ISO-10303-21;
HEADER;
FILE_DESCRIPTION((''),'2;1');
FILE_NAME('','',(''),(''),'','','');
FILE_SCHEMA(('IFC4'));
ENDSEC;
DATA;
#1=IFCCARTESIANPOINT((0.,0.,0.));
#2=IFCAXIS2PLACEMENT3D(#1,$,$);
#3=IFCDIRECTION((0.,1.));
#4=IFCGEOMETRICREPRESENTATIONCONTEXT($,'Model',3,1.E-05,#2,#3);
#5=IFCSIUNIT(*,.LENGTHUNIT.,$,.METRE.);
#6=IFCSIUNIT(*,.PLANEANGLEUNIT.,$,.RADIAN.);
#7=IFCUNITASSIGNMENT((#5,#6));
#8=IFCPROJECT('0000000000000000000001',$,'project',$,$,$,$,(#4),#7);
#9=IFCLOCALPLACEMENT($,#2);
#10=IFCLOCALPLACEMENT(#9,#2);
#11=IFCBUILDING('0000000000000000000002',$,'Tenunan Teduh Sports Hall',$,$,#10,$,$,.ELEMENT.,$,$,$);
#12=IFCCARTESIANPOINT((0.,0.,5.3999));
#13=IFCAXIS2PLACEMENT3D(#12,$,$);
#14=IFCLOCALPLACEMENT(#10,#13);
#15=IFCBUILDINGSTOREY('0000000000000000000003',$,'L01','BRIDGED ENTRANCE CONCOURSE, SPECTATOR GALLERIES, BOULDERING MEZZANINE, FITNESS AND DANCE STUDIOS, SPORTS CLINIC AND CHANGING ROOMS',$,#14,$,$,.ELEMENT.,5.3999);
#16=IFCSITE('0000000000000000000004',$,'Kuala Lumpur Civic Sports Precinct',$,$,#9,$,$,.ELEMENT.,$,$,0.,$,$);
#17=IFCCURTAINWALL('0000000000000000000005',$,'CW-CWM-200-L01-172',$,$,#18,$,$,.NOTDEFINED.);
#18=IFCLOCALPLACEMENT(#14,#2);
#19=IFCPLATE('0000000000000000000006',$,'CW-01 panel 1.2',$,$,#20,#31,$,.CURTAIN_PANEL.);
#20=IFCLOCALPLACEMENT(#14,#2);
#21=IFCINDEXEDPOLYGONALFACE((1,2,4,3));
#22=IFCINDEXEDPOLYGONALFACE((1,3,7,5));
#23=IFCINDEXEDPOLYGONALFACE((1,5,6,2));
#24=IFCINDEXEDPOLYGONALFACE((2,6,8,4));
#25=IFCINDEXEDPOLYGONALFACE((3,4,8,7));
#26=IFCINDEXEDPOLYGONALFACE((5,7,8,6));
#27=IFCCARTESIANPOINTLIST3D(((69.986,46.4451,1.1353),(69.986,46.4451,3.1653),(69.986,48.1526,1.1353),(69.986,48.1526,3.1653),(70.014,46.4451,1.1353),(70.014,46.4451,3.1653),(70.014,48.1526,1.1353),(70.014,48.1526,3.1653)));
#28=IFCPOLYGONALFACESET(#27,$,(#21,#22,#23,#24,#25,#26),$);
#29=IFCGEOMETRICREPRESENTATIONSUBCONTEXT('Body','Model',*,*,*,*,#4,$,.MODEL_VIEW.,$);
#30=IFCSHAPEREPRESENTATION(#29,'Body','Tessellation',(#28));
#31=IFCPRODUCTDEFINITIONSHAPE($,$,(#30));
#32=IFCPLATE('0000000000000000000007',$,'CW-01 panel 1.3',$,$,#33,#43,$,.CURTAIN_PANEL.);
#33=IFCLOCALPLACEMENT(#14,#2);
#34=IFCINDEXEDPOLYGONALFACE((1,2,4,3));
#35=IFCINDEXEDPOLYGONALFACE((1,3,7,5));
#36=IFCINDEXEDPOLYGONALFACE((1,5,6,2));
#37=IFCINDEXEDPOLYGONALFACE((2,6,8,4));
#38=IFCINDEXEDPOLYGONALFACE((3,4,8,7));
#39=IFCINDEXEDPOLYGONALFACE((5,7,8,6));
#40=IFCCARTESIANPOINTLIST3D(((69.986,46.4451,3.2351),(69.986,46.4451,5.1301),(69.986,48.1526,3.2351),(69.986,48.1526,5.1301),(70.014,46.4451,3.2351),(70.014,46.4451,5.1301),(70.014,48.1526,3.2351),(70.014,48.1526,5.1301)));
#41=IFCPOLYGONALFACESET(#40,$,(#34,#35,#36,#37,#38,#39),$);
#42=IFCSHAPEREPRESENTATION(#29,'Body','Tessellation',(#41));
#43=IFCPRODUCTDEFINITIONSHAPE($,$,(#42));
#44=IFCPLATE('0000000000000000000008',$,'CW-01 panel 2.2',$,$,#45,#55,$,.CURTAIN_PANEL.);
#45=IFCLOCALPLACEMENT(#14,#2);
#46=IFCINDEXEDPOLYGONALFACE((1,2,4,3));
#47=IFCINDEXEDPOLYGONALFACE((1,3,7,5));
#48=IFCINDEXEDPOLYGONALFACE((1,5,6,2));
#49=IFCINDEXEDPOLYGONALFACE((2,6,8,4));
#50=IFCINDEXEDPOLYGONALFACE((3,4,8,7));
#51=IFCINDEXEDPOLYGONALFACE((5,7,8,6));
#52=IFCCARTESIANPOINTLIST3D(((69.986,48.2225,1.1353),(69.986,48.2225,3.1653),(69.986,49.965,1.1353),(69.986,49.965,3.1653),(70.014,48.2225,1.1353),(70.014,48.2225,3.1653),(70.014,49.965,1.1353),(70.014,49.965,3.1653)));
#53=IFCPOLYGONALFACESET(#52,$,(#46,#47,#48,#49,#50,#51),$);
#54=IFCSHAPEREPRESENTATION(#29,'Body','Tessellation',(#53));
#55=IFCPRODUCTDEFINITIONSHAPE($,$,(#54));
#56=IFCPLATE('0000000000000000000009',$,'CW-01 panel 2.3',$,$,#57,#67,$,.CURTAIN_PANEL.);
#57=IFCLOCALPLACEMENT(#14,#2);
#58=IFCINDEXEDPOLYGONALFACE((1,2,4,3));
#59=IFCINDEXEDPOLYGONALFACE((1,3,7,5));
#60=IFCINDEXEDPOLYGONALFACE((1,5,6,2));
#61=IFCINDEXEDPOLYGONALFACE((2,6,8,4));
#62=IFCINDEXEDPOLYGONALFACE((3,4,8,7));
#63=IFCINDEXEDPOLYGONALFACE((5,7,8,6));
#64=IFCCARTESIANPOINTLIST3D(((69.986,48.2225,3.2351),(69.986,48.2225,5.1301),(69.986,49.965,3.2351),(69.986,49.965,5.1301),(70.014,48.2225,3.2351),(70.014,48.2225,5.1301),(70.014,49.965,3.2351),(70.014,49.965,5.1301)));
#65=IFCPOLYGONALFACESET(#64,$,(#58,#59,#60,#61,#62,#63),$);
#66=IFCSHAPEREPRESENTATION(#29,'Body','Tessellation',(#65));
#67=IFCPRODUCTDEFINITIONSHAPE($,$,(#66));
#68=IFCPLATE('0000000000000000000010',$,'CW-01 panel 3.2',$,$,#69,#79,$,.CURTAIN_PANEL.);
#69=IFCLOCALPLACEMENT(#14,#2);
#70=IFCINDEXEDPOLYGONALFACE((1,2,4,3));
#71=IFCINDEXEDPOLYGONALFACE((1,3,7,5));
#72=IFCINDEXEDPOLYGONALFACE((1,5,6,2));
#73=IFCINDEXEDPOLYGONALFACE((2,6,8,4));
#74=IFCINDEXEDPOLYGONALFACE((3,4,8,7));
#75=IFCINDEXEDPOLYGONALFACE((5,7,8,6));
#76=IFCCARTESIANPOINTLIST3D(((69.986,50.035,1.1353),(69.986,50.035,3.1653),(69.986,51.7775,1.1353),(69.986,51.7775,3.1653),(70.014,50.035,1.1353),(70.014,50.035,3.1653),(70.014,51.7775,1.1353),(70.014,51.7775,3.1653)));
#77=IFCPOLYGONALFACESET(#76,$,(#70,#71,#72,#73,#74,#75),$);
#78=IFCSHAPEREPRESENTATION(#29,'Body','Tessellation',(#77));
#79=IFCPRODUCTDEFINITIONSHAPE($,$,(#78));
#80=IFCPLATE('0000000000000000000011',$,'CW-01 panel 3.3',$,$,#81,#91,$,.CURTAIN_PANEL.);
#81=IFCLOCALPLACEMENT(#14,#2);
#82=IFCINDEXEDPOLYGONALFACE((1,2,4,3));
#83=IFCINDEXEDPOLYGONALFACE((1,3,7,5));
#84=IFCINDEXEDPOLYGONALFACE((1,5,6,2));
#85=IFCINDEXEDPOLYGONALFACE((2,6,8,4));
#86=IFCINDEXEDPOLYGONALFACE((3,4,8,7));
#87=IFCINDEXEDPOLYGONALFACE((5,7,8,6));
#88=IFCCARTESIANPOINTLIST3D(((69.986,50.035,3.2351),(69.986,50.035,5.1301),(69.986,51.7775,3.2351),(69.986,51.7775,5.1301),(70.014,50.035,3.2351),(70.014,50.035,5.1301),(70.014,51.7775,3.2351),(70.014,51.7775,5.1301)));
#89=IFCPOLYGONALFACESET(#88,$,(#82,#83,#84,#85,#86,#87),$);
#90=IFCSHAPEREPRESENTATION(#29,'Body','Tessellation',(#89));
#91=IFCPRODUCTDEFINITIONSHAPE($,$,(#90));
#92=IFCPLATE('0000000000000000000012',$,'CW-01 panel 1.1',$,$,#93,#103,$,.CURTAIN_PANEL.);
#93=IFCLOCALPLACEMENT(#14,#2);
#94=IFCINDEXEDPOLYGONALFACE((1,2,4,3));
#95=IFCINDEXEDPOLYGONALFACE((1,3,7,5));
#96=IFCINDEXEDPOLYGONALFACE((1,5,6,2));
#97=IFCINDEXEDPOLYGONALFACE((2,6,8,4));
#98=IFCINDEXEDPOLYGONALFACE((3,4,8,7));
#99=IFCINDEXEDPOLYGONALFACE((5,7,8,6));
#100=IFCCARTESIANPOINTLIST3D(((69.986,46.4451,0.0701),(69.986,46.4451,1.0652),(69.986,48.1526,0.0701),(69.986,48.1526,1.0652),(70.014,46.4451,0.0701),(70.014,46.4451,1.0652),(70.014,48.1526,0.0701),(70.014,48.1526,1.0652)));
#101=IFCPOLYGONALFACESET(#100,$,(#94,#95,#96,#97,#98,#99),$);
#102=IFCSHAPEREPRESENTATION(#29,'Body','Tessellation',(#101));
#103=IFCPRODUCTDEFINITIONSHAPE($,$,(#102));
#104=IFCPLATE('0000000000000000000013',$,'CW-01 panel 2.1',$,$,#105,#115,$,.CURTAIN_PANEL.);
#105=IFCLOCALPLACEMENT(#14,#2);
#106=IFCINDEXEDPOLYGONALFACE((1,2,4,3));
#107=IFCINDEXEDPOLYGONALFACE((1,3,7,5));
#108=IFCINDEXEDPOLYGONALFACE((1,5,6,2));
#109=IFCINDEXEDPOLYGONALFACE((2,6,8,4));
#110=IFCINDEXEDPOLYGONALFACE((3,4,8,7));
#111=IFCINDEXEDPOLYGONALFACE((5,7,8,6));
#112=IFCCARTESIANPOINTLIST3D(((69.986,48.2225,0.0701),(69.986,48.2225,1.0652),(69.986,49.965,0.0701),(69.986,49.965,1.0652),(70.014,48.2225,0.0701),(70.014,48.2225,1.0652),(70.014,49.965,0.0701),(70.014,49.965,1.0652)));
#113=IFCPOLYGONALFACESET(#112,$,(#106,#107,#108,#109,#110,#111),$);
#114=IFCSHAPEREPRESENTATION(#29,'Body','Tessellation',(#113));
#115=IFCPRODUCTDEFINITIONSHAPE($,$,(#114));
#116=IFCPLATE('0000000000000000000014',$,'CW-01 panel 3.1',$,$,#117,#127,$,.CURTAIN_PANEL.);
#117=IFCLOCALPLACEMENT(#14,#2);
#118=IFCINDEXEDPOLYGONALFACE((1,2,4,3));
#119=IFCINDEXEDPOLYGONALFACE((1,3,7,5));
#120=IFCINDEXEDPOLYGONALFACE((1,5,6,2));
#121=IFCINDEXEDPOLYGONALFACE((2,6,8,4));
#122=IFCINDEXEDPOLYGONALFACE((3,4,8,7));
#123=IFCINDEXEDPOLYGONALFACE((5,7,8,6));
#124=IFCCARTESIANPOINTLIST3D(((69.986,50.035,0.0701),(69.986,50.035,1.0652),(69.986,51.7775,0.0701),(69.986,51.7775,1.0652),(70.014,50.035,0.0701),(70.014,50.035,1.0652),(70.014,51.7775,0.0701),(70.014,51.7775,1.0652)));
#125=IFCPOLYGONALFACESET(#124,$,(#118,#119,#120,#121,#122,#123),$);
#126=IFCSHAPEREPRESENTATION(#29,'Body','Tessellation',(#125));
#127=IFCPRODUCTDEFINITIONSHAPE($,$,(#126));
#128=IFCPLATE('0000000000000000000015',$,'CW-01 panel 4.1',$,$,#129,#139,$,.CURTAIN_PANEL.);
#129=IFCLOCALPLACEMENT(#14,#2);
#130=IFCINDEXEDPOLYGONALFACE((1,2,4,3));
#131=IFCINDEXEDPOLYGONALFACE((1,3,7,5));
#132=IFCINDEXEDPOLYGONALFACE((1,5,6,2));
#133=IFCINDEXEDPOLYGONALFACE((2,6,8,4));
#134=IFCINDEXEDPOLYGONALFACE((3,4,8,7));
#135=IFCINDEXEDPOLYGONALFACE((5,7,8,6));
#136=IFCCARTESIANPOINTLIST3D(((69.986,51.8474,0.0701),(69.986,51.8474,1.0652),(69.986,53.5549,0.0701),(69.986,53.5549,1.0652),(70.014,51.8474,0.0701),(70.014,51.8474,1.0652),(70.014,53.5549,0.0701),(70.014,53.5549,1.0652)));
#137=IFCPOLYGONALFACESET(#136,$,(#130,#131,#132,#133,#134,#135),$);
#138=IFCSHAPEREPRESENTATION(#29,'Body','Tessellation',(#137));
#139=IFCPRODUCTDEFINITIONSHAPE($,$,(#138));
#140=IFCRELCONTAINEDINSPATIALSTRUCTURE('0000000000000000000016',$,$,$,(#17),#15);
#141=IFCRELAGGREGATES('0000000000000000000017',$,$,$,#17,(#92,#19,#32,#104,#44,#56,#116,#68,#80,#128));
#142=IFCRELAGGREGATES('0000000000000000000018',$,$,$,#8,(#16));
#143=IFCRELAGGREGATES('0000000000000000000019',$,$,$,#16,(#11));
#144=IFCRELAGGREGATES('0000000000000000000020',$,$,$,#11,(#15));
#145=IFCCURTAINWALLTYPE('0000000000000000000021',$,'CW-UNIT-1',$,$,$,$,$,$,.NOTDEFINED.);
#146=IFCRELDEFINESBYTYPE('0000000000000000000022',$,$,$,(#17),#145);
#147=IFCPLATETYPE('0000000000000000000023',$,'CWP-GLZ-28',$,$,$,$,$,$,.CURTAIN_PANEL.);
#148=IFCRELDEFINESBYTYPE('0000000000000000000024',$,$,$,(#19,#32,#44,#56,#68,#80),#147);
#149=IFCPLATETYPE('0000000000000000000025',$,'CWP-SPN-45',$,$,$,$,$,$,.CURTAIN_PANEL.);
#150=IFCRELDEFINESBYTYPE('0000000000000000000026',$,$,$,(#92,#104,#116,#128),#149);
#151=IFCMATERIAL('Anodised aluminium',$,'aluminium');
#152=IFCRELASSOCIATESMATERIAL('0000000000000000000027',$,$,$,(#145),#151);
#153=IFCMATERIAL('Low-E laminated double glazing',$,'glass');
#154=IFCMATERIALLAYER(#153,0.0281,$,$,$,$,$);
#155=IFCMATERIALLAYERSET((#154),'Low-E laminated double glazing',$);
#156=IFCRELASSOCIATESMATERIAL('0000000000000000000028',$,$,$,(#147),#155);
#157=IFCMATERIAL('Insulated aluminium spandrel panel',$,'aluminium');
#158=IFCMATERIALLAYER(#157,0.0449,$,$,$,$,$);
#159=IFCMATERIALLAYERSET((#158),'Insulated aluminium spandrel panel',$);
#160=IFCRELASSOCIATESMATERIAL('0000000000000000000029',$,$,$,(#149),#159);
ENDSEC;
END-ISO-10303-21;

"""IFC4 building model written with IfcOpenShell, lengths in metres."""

from ifc_helpers import new_model, si_unit, direction, frame, origin, origin_2d, place, context, subcontext, project, spatial, rectangle, extrude, material, layer, layer_set, type_object, element, aggregate, save


model = new_model("IFC4")

# Units and contexts
model_context = context("Model", 3, precision=1e-05, world=origin(), true_north=direction((0.0, 1.0)))
body_context = subcontext(model_context, "Body", "Model", "MODEL_VIEW")
ifc_project = project(units=[si_unit("LENGTHUNIT", "METRE"), si_unit("PLANEANGLEUNIT", "RADIAN")], contexts=[model_context])

# Site, building, storey
site_placement = place(None, origin())
site = spatial("IfcSite", under=ifc_project, at=site_placement, Name="Kuala Lumpur Civic Sports Precinct", CompositionType="ELEMENT", RefElevation=0.0)
building_placement = place(site_placement, origin())
building = spatial("IfcBuilding", under=site, at=building_placement, Name="Tenunan Teduh Sports Hall", CompositionType="ELEMENT")
storey_placement = place(building_placement, frame((0.0, 0.0, 5.3999)))
storey = spatial("IfcBuildingStorey", under=building, at=storey_placement, Name="L01", Description="BRIDGED ENTRANCE CONCOURSE, SPECTATOR GALLERIES, BOULDERING MEZZANINE, FITNESS AND DANCE STUDIOS, SPORTS CLINIC AND CHANGING ROOMS", CompositionType="ELEMENT", Elevation=5.3999)

# Curtain wall
ifc_material_1 = material(Name="Anodised aluminium", Category="aluminium")
curtain_wall_type_1 = type_object("IfcCurtainWallType", Name="CW-UNIT-1", PredefinedType="NOTDEFINED", material=ifc_material_1)
curtain_wall_1_placement = place(storey_placement, origin())
curtain_wall_1 = element("IfcCurtainWall", 1, at=curtain_wall_1_placement, inside=storey, type_object=curtain_wall_type_1, Name="CW-CWM-200-L01-172", PredefinedType="NOTDEFINED")

# Plates
ifc_material_2 = material(Name="Low-E laminated double glazing", Category="glass")
ifc_layer_1 = layer(ifc_material_2, 0.0281)
ifc_layer_set_1 = layer_set([ifc_layer_1], Name="Low-E laminated double glazing")
plate_type_1 = type_object("IfcPlateType", Name="CWP-GLZ-28", PredefinedType="CURTAIN_PANEL", material=ifc_layer_set_1)
plate_1_placement = place(storey_placement, frame((70.0, 47.2988, 1.1353), z_axis=(0.0, 0.0, 1.0), x_axis=(0.0, 1.0, 0.0)))
plate_1 = element("IfcPlate", 2, at=plate_1_placement, type_object=plate_type_1, Name="CW-01 panel 1.2", PredefinedType="CURTAIN_PANEL", context=body_context, shape_type="SweptSolid", body=[
    extrude(rectangle(XDim=1.7075, YDim=0.0281, at=origin_2d()), origin(), (0.0, 0.0, 1.0), 2.03),
])
plate_2_placement = place(storey_placement, frame((70.0, 47.2988, 3.2351), z_axis=(0.0, 0.0, 1.0), x_axis=(0.0, 1.0, 0.0)))
plate_2 = element("IfcPlate", 3, at=plate_2_placement, type_object=plate_type_1, Name="CW-01 panel 1.3", PredefinedType="CURTAIN_PANEL", context=body_context, shape_type="SweptSolid", body=[
    extrude(rectangle(XDim=1.7075, YDim=0.0281, at=origin_2d()), origin(), (0.0, 0.0, 1.0), 1.895),
])
plate_3_placement = place(storey_placement, frame((70.0, 49.0938, 1.1353), z_axis=(0.0, 0.0, 1.0), x_axis=(0.0, 1.0, 0.0)))
plate_3 = element("IfcPlate", 4, at=plate_3_placement, type_object=plate_type_1, Name="CW-01 panel 2.2", PredefinedType="CURTAIN_PANEL", context=body_context, shape_type="SweptSolid", body=[
    extrude(rectangle(XDim=1.7424, YDim=0.0281, at=origin_2d()), origin(), (0.0, 0.0, 1.0), 2.03),
])
plate_4_placement = place(storey_placement, frame((70.0, 49.0938, 3.2351), z_axis=(0.0, 0.0, 1.0), x_axis=(0.0, 1.0, 0.0)))
plate_4 = element("IfcPlate", 5, at=plate_4_placement, type_object=plate_type_1, Name="CW-01 panel 2.3", PredefinedType="CURTAIN_PANEL", context=body_context, shape_type="SweptSolid", body=[
    extrude(rectangle(XDim=1.7424, YDim=0.0281, at=origin_2d()), origin(), (0.0, 0.0, 1.0), 1.895),
])
plate_5_placement = place(storey_placement, frame((70.0, 50.9062, 1.1353), z_axis=(0.0, 0.0, 1.0), x_axis=(0.0, 1.0, 0.0)))
plate_5 = element("IfcPlate", 6, at=plate_5_placement, type_object=plate_type_1, Name="CW-01 panel 3.2", PredefinedType="CURTAIN_PANEL", context=body_context, shape_type="SweptSolid", body=[
    extrude(rectangle(XDim=1.7424, YDim=0.0281, at=origin_2d()), origin(), (0.0, 0.0, 1.0), 2.03),
])
plate_6_placement = place(storey_placement, frame((70.0, 50.9062, 3.2351), z_axis=(0.0, 0.0, 1.0), x_axis=(0.0, 1.0, 0.0)))
plate_6 = element("IfcPlate", 7, at=plate_6_placement, type_object=plate_type_1, Name="CW-01 panel 3.3", PredefinedType="CURTAIN_PANEL", context=body_context, shape_type="SweptSolid", body=[
    extrude(rectangle(XDim=1.7424, YDim=0.0281, at=origin_2d()), origin(), (0.0, 0.0, 1.0), 1.895),
])
ifc_material_3 = material(Name="Insulated aluminium spandrel panel", Category="aluminium")
ifc_layer_2 = layer(ifc_material_3, 0.0449)
ifc_layer_set_2 = layer_set([ifc_layer_2], Name="Insulated aluminium spandrel panel")
plate_type_2 = type_object("IfcPlateType", Name="CWP-SPN-45", PredefinedType="CURTAIN_PANEL", material=ifc_layer_set_2)
plate_7_placement = place(storey_placement, frame((70.0, 47.2988, 0.0701), z_axis=(0.0, 0.0, 1.0), x_axis=(0.0, 1.0, 0.0)))
plate_7 = element("IfcPlate", 8, at=plate_7_placement, type_object=plate_type_2, Name="CW-01 panel 1.1", PredefinedType="CURTAIN_PANEL", context=body_context, shape_type="SweptSolid", body=[
    extrude(rectangle(XDim=1.7075, YDim=0.0281, at=origin_2d()), origin(), (0.0, 0.0, 1.0), 0.9951),
])
plate_8_placement = place(storey_placement, frame((70.0, 49.0938, 0.0701), z_axis=(0.0, 0.0, 1.0), x_axis=(0.0, 1.0, 0.0)))
plate_8 = element("IfcPlate", 9, at=plate_8_placement, type_object=plate_type_2, Name="CW-01 panel 2.1", PredefinedType="CURTAIN_PANEL", context=body_context, shape_type="SweptSolid", body=[
    extrude(rectangle(XDim=1.7424, YDim=0.0281, at=origin_2d()), origin(), (0.0, 0.0, 1.0), 0.9951),
])
plate_9_placement = place(storey_placement, frame((70.0, 50.9062, 0.0701), z_axis=(0.0, 0.0, 1.0), x_axis=(0.0, 1.0, 0.0)))
plate_9 = element("IfcPlate", 10, at=plate_9_placement, type_object=plate_type_2, Name="CW-01 panel 3.1", PredefinedType="CURTAIN_PANEL", context=body_context, shape_type="SweptSolid", body=[
    extrude(rectangle(XDim=1.7424, YDim=0.0281, at=origin_2d()), origin(), (0.0, 0.0, 1.0), 0.9951),
])
plate_10_placement = place(storey_placement, frame((70.0, 52.7012, 0.0701), z_axis=(0.0, 0.0, 1.0), x_axis=(0.0, 1.0, 0.0)))
plate_10 = element("IfcPlate", 11, at=plate_10_placement, type_object=plate_type_2, Name="CW-01 panel 4.1", PredefinedType="CURTAIN_PANEL", context=body_context, shape_type="SweptSolid", body=[
    extrude(rectangle(XDim=1.7075, YDim=0.0281, at=origin_2d()), origin(), (0.0, 0.0, 1.0), 0.9951),
])
aggregate(curtain_wall_1, [plate_7, plate_1, plate_2, plate_8, plate_3, plate_4, plate_9, plate_5, plate_6, plate_10])

save(model, "model.ifc")
